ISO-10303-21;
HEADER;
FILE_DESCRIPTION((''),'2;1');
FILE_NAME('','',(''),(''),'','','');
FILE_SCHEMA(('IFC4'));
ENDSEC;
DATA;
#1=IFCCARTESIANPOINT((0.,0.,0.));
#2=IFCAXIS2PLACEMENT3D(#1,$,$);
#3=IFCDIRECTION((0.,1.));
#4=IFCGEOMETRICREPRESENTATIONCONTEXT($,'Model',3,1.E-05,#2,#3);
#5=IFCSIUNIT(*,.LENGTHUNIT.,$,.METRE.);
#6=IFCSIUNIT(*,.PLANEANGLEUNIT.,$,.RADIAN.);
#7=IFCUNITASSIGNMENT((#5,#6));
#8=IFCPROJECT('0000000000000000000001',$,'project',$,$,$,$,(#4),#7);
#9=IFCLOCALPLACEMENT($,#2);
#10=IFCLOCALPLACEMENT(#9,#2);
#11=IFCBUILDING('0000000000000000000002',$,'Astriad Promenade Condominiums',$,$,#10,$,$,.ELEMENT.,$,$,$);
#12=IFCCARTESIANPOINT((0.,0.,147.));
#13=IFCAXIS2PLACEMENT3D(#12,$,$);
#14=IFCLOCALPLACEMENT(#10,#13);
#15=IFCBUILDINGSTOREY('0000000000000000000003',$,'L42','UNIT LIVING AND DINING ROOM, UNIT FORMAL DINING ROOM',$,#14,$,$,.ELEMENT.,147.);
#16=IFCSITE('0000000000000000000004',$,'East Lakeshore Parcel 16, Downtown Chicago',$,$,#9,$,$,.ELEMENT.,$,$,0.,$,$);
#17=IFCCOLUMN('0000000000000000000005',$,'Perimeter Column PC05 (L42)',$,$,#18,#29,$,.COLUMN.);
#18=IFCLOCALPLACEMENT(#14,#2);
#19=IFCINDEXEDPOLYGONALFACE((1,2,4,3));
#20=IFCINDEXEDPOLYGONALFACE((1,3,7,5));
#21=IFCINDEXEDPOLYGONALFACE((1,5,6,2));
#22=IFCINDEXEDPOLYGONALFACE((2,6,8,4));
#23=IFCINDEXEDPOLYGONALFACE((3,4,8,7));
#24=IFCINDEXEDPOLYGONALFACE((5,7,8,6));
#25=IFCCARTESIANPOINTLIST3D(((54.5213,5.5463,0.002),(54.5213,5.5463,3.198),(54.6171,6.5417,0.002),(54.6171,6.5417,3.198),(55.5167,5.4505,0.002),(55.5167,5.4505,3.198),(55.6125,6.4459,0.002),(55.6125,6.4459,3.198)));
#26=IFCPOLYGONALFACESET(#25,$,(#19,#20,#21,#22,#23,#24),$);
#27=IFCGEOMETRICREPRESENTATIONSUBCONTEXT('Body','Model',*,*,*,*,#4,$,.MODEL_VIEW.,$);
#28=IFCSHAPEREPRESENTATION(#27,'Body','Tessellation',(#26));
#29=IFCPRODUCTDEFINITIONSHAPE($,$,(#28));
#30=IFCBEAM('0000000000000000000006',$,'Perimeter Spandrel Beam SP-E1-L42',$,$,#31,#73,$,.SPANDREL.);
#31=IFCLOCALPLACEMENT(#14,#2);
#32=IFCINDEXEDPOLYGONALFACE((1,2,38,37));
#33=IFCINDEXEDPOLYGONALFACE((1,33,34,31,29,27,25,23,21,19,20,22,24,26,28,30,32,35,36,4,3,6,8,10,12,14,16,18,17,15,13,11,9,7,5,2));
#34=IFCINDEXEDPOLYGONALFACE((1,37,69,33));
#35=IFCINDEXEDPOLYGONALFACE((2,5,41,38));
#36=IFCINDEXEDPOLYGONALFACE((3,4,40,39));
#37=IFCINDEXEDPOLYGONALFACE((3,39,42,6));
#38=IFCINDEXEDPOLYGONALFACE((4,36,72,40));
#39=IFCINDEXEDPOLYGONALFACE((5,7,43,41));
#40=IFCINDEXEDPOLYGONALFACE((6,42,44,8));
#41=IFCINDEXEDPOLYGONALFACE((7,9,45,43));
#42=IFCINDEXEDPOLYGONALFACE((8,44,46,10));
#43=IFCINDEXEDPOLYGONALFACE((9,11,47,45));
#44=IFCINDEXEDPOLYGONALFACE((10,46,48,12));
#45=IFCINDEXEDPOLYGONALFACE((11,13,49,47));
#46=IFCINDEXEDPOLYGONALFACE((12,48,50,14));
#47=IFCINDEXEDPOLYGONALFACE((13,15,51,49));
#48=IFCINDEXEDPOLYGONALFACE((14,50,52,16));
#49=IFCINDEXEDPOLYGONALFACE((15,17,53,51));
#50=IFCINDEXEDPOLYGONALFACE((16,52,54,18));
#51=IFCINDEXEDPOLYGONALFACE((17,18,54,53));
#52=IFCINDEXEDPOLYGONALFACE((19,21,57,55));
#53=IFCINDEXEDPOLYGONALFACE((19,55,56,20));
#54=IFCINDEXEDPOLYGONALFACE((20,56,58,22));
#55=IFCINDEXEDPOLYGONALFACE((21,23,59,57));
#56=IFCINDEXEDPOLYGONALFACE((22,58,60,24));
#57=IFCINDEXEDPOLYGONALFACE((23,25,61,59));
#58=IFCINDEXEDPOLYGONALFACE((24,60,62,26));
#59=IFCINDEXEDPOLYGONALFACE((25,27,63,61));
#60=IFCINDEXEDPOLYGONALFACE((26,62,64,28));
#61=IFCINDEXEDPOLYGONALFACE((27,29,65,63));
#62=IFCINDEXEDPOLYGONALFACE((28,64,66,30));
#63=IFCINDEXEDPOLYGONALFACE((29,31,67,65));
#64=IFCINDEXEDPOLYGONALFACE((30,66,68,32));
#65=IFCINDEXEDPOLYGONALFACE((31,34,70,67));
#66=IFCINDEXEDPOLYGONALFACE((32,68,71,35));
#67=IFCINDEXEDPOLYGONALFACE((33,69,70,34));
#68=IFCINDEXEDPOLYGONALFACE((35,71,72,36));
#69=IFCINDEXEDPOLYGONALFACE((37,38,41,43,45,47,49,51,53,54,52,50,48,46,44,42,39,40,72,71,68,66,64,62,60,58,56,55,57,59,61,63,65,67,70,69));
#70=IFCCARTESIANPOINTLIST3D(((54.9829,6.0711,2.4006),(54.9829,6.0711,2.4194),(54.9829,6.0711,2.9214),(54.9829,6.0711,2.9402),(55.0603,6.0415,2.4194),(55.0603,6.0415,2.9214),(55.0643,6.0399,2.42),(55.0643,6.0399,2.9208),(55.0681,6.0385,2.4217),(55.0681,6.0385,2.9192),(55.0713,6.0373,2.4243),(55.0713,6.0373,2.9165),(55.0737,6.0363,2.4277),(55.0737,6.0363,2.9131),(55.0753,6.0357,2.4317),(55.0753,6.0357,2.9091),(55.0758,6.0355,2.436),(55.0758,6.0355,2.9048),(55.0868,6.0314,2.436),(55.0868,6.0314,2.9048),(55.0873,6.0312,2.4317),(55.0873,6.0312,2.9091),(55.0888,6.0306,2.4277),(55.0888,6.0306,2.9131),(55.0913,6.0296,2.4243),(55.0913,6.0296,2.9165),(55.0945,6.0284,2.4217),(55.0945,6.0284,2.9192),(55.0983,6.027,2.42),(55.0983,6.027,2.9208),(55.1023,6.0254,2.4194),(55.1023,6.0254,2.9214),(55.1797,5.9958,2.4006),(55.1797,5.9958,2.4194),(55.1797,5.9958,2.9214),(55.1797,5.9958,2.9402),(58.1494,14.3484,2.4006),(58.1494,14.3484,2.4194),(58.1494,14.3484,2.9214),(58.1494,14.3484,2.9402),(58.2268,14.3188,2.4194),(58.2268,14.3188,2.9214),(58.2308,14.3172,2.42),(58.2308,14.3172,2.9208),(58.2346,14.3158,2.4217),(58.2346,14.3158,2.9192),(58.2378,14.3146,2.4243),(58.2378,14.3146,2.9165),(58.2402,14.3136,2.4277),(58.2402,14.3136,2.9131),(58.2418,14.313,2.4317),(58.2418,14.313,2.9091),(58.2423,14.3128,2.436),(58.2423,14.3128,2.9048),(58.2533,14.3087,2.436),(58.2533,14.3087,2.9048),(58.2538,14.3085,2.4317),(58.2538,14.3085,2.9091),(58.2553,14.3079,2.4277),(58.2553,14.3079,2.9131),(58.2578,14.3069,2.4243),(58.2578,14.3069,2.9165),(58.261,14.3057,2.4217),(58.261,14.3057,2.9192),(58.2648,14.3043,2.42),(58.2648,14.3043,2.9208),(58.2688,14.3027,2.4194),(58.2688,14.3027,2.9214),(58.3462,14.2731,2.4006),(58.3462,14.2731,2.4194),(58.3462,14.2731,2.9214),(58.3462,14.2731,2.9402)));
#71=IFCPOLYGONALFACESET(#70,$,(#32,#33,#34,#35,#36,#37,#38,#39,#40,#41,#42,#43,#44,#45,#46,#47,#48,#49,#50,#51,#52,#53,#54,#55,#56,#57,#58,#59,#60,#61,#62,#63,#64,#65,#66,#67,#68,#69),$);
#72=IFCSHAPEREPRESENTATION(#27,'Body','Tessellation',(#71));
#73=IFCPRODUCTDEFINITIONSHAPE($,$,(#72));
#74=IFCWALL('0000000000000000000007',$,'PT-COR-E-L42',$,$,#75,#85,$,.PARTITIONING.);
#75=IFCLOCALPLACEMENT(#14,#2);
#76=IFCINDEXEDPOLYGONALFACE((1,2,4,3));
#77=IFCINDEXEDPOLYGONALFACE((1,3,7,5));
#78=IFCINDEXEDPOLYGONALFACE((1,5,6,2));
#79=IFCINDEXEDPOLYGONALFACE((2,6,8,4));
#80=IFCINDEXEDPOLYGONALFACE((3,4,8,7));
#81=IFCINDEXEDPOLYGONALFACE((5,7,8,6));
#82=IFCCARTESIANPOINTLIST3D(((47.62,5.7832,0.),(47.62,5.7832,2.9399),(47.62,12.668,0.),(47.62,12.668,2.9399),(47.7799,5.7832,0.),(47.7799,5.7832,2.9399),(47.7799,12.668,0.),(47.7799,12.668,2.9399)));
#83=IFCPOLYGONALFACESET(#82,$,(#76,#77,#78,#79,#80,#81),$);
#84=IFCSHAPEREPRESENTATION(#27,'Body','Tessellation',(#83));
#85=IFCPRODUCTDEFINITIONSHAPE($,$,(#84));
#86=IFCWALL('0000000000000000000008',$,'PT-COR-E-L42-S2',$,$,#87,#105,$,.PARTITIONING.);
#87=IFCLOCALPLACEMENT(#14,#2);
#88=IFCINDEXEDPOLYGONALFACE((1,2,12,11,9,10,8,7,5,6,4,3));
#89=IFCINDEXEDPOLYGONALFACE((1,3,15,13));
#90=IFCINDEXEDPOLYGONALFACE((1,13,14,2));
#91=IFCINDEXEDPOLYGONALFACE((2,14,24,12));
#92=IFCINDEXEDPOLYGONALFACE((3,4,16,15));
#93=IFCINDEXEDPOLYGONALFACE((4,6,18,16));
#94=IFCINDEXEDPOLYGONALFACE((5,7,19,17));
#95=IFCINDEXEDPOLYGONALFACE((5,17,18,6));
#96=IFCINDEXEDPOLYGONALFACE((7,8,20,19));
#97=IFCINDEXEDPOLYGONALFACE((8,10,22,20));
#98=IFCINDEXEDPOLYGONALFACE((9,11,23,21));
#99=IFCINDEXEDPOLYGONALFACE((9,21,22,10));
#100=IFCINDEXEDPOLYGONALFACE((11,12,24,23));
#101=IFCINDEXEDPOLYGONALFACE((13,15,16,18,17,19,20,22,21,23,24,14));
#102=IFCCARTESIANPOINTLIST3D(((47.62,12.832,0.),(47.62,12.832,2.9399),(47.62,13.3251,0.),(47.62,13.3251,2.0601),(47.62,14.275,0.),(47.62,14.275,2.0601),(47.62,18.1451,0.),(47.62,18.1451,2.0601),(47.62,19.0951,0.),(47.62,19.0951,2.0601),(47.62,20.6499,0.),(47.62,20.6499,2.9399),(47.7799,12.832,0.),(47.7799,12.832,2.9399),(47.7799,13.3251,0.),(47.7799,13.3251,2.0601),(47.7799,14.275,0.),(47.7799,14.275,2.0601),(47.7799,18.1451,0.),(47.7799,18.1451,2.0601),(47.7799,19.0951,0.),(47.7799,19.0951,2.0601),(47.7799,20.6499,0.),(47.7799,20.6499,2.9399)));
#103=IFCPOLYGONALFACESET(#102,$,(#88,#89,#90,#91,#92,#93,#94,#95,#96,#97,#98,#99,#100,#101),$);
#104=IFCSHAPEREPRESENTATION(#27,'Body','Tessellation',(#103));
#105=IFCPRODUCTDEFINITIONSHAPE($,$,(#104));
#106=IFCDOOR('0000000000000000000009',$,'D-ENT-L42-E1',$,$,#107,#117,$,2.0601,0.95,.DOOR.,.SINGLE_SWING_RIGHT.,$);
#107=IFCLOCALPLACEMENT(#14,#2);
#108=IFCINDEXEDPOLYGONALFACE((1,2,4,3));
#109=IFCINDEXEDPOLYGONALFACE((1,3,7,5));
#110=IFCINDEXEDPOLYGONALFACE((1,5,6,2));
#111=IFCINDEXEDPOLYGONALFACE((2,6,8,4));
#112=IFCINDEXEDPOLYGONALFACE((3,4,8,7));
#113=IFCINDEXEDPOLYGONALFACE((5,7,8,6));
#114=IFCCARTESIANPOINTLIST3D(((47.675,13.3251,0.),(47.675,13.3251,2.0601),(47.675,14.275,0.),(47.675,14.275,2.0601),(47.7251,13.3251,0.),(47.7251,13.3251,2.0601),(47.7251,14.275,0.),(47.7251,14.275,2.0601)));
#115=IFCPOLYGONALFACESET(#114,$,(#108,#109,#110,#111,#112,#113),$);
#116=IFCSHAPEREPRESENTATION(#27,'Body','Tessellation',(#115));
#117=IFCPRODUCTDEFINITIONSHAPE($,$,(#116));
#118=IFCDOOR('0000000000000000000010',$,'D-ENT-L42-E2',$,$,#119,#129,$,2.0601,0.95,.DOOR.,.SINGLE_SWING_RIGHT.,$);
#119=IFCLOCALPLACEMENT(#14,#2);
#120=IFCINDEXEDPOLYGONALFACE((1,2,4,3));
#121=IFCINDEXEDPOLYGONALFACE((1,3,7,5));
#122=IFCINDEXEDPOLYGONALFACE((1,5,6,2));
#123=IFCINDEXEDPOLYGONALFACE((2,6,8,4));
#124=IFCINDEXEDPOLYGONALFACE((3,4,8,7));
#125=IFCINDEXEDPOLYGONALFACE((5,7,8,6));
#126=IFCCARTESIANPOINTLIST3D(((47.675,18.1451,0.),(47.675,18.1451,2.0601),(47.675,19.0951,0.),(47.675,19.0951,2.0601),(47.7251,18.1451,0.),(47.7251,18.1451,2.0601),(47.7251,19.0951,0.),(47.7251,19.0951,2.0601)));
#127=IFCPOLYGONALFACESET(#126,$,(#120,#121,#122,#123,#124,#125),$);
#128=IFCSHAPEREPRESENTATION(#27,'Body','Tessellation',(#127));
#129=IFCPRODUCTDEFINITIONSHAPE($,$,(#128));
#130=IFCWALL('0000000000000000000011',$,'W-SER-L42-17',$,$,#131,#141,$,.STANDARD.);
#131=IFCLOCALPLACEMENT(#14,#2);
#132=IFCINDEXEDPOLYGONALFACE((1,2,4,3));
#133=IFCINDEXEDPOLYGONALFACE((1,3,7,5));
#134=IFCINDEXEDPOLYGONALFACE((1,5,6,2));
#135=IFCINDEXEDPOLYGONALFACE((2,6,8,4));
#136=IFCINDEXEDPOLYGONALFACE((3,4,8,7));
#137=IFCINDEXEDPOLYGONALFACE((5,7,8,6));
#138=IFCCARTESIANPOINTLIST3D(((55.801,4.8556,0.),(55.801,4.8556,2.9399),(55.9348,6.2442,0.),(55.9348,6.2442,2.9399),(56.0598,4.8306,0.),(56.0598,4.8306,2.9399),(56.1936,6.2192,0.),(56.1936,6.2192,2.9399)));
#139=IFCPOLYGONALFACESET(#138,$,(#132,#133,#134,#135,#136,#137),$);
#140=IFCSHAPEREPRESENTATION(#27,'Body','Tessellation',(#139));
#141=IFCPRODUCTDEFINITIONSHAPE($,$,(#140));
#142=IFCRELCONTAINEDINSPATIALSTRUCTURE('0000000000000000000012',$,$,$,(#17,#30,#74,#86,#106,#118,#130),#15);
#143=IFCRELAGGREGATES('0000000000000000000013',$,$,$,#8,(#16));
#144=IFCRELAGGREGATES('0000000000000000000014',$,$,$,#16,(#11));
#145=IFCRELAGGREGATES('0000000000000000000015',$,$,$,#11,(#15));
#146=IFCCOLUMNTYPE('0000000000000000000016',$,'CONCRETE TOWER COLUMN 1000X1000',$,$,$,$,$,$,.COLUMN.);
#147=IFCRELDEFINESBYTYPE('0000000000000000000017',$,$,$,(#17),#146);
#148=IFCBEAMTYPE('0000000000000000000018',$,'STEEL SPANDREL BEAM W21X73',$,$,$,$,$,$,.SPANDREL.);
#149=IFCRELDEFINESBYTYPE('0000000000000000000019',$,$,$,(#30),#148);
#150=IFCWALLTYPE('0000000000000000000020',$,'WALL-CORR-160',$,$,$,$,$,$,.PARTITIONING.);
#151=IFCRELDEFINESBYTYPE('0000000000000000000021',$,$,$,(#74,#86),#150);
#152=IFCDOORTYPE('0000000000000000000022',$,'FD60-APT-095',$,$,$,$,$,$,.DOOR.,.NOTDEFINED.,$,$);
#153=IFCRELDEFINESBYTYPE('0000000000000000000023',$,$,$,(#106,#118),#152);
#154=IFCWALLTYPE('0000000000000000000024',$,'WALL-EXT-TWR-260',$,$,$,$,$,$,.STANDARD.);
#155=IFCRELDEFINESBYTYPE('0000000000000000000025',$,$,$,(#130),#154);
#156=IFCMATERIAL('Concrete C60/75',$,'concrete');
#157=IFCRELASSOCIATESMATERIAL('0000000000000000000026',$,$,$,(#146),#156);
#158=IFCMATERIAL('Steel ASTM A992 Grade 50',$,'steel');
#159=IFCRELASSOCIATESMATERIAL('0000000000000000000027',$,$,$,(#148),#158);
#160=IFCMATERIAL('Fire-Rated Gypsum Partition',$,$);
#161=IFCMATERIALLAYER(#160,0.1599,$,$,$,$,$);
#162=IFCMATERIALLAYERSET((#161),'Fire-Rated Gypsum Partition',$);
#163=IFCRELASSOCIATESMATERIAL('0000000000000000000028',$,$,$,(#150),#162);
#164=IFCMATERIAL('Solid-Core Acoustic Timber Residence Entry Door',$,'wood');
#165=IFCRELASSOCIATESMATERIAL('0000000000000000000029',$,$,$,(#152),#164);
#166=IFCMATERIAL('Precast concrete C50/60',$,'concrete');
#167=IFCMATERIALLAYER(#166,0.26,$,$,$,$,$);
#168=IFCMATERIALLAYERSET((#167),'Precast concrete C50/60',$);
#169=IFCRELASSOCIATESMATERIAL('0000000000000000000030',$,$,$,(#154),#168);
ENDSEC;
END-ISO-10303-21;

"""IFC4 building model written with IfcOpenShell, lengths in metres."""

from ifc_helpers import new_model, si_unit, direction, frame, frame_2d, origin, origin_2d, place, context, subcontext, project, spatial, rectangle, i_section, extrude, source, transform, mapped, material, layer, layer_set, material_profile, profile_set, type_object, type_shapes, element, fill, save


model = new_model("IFC4")

# Units and contexts
model_context = context("Model", 3, precision=1e-05, world=origin(), true_north=direction((0.0, 1.0)))
body_context = subcontext(model_context, "Body", "Model", "MODEL_VIEW")
ifc_project = project(units=[si_unit("LENGTHUNIT", "METRE"), si_unit("PLANEANGLEUNIT", "RADIAN")], contexts=[model_context])

# Site, building, storey
site_placement = place(None, origin())
site = spatial("IfcSite", under=ifc_project, at=site_placement, Name="East Lakeshore Parcel 16, Downtown Chicago", CompositionType="ELEMENT", RefElevation=0.0)
building_placement = place(site_placement, origin())
building = spatial("IfcBuilding", under=site, at=building_placement, Name="Astriad Promenade Condominiums", CompositionType="ELEMENT")
storey_placement = place(building_placement, frame((0.0, 0.0, 147.0)))
storey = spatial("IfcBuildingStorey", under=building, at=storey_placement, Name="L42", Description="UNIT LIVING AND DINING ROOM, UNIT FORMAL DINING ROOM", CompositionType="ELEMENT", Elevation=147.0)

# Column
ifc_material_1 = material(Name="Concrete C60/75", Category="concrete")
ifc_material_profile_1 = material_profile(ifc_material_1, rectangle(XDim=1.0, YDim=1.0, at=origin_2d()), Name="RC-COL-1000X1000")
ifc_profile_set_1 = profile_set([ifc_material_profile_1], Name="Concrete C60/75")
column_type = type_object("IfcColumnType", Name="CONCRETE TOWER COLUMN 1000X1000", PredefinedType="COLUMN", material=ifc_profile_set_1)
shared_shape_1 = source(origin(), body_context, "Body", "SweptSolid", [
    extrude(rectangle(XDim=1.0, YDim=1.0, at=origin_2d()), origin(), (0.0, 0.0, 1.0), 3.196),
])
type_shapes(column_type, [shared_shape_1])
column_placement = place(storey_placement, frame((55.0669, 5.9961, 0.002), z_axis=(0.0, 0.0, 1.0), x_axis=(0.995396, -0.095846, 0.0)))
element("IfcColumn", 1, at=column_placement, inside=storey, type_object=column_type, Name="Perimeter Column PC05 (L42)", PredefinedType="COLUMN", context=body_context, shape_type="MappedRepresentation", body=[
    mapped(shared_shape_1, transform((0.0, 0.0, 0.0), scale=1.0)),
])

# Beam
ifc_material_2 = material(Name="Steel ASTM A992 Grade 50", Category="steel")
ifc_material_profile_2 = material_profile(ifc_material_2, i_section(OverallWidth=0.2107, OverallDepth=0.5396, WebThickness=0.0117, FlangeThickness=0.0188, FilletRadius=0.0166, at=origin_2d()), Name="W21X73")
ifc_profile_set_2 = profile_set([ifc_material_profile_2], Name="Steel ASTM A992 Grade 50")
beam_type = type_object("IfcBeamType", Name="STEEL SPANDREL BEAM W21X73", PredefinedType="SPANDREL", material=ifc_profile_set_2)
shared_shape_2 = source(origin(), body_context, "Body", "SweptSolid", [
    extrude(i_section(OverallWidth=0.2107, OverallDepth=0.5396, WebThickness=0.0117, FlangeThickness=0.0188, FilletRadius=0.0166, at=origin_2d()), origin(), (0.0, 0.0, 1.0), 8.8623),
])
type_shapes(beam_type, [shared_shape_2])
beam_placement = place(storey_placement, frame((55.0813, 6.0334, 2.6704), z_axis=(0.357299, 0.93399, 0.0), x_axis=(-0.93399, 0.357299, 0.0)))
element("IfcBeam", 2, at=beam_placement, inside=storey, type_object=beam_type, Name="Perimeter Spandrel Beam SP-E1-L42", PredefinedType="SPANDREL", context=body_context, shape_type="MappedRepresentation", body=[
    mapped(shared_shape_2, transform((0.0, 0.0, 0.0), scale=1.0)),
])

# Wall
ifc_material_3 = material(Name="Fire-Rated Gypsum Partition")
ifc_layer_1 = layer(ifc_material_3, 0.1599)
ifc_layer_set_1 = layer_set([ifc_layer_1], Name="Fire-Rated Gypsum Partition")
wall_type_1 = type_object("IfcWallType", Name="WALL-CORR-160", PredefinedType="PARTITIONING", material=ifc_layer_set_1)
wall_1_placement = place(storey_placement, frame((47.7, 5.7832, 0.0), z_axis=(0.0, 0.0, 1.0), x_axis=(0.0, 1.0, 0.0)))
element("IfcWall", 3, at=wall_1_placement, inside=storey, type_object=wall_type_1, Name="PT-COR-E-L42", PredefinedType="PARTITIONING", context=body_context, shape_type="SweptSolid", body=[
    extrude(rectangle(XDim=6.8848, YDim=0.1599, at=frame_2d((3.4424, 0.0))), origin(), (0.0, 0.0, 1.0), 2.9399),
])

# Wall, openings, doors
wall_2_placement = place(storey_placement, frame((47.7, 12.832, 0.0), z_axis=(0.0, 0.0, 1.0), x_axis=(0.0, 1.0, 0.0)))
wall_2 = element("IfcWall", 4, at=wall_2_placement, inside=storey, type_object=wall_type_1, Name="PT-COR-E-L42-S2", PredefinedType="PARTITIONING", context=body_context, shape_type="SweptSolid", body=[
    extrude(rectangle(XDim=7.8179, YDim=0.1599, at=frame_2d((3.9089, 0.0))), origin(), (0.0, 0.0, 1.0), 2.9399),
])
opening_1_placement = place(wall_2_placement, frame((0.4929, 0.0, 0.0)))
opening_1 = element("IfcOpeningElement", 5, at=opening_1_placement, cuts=wall_2, PredefinedType="OPENING", context=body_context, shape_type="SweptSolid", body=[
    extrude(rectangle(XDim=0.95, YDim=2.0601, at=frame_2d((0.4751, 1.03))), frame((0.0, 0.0898, 0.0), z_axis=(0.0, -1.0, 0.0), x_axis=(1.0, 0.0, 0.0)), (0.0, 0.0, 1.0), 0.1799),
])
opening_2_placement = place(wall_2_placement, frame((5.313, 0.0, 0.0)))
opening_2 = element("IfcOpeningElement", 6, at=opening_2_placement, cuts=wall_2, PredefinedType="OPENING", context=body_context, shape_type="SweptSolid", body=[
    extrude(rectangle(XDim=0.95, YDim=2.0601, at=frame_2d((0.4751, 1.03))), frame((0.0, 0.0898, 0.0), z_axis=(0.0, -1.0, 0.0), x_axis=(1.0, 0.0, 0.0)), (0.0, 0.0, 1.0), 0.1799),
])
ifc_material_4 = material(Name="Solid-Core Acoustic Timber Residence Entry Door", Category="wood")
door_type_1 = type_object("IfcDoorType", Name="FD60-APT-095", OperationType="NOTDEFINED", PredefinedType="DOOR", material=ifc_material_4)
shared_shape_3 = source(origin(), body_context, "Body", "SweptSolid", [
    extrude(rectangle(XDim=0.95, YDim=2.0601, at=frame_2d((0.4751, 1.03))), frame((0.0, 0.0249, 0.0), z_axis=(0.0, -1.0, 0.0), x_axis=(1.0, 0.0, 0.0)), (0.0, 0.0, 1.0), 0.05),
])
type_shapes(door_type_1, [shared_shape_3])
door_1_placement = place(opening_1_placement, origin())
door_1 = element("IfcDoor", 7, at=door_1_placement, inside=storey, type_object=door_type_1, Name="D-ENT-L42-E1", OperationType="SINGLE_SWING_RIGHT", OverallHeight=2.0601, OverallWidth=0.95, PredefinedType="DOOR", context=body_context, shape_type="MappedRepresentation", body=[
    mapped(shared_shape_3, transform((0.0, 0.0, 0.0), scale=1.0)),
])
fill(opening_1, door_1)
door_2_placement = place(opening_2_placement, origin())
door_2 = element("IfcDoor", 8, at=door_2_placement, inside=storey, type_object=door_type_1, Name="D-ENT-L42-E2", OperationType="SINGLE_SWING_RIGHT", OverallHeight=2.0601, OverallWidth=0.95, PredefinedType="DOOR", context=body_context, shape_type="MappedRepresentation", body=[
    mapped(shared_shape_3, transform((0.0, 0.0, 0.0), scale=1.0)),
])
fill(opening_2, door_2)

# Wall
ifc_material_5 = material(Name="Precast concrete C50/60", Category="concrete")
ifc_layer_2 = layer(ifc_material_5, 0.26)
ifc_layer_set_2 = layer_set([ifc_layer_2], Name="Precast concrete C50/60")
wall_type_2 = type_object("IfcWallType", Name="WALL-EXT-TWR-260", PredefinedType="STANDARD", material=ifc_layer_set_2)
wall_3_placement = place(storey_placement, frame((56.0642, 6.2317, 0.0), z_axis=(0.0, 0.0, 1.0), x_axis=(-0.095899, -0.995391, 0.0)))
element("IfcWall", 9, at=wall_3_placement, inside=storey, type_object=wall_type_2, Name="W-SER-L42-17", PredefinedType="STANDARD", context=body_context, shape_type="SweptSolid", body=[
    extrude(rectangle(XDim=1.395, YDim=0.26, at=frame_2d((0.6975, 0.0))), origin(), (0.0, 0.0, 1.0), 2.9399),
])

save(model, "model.ifc")
